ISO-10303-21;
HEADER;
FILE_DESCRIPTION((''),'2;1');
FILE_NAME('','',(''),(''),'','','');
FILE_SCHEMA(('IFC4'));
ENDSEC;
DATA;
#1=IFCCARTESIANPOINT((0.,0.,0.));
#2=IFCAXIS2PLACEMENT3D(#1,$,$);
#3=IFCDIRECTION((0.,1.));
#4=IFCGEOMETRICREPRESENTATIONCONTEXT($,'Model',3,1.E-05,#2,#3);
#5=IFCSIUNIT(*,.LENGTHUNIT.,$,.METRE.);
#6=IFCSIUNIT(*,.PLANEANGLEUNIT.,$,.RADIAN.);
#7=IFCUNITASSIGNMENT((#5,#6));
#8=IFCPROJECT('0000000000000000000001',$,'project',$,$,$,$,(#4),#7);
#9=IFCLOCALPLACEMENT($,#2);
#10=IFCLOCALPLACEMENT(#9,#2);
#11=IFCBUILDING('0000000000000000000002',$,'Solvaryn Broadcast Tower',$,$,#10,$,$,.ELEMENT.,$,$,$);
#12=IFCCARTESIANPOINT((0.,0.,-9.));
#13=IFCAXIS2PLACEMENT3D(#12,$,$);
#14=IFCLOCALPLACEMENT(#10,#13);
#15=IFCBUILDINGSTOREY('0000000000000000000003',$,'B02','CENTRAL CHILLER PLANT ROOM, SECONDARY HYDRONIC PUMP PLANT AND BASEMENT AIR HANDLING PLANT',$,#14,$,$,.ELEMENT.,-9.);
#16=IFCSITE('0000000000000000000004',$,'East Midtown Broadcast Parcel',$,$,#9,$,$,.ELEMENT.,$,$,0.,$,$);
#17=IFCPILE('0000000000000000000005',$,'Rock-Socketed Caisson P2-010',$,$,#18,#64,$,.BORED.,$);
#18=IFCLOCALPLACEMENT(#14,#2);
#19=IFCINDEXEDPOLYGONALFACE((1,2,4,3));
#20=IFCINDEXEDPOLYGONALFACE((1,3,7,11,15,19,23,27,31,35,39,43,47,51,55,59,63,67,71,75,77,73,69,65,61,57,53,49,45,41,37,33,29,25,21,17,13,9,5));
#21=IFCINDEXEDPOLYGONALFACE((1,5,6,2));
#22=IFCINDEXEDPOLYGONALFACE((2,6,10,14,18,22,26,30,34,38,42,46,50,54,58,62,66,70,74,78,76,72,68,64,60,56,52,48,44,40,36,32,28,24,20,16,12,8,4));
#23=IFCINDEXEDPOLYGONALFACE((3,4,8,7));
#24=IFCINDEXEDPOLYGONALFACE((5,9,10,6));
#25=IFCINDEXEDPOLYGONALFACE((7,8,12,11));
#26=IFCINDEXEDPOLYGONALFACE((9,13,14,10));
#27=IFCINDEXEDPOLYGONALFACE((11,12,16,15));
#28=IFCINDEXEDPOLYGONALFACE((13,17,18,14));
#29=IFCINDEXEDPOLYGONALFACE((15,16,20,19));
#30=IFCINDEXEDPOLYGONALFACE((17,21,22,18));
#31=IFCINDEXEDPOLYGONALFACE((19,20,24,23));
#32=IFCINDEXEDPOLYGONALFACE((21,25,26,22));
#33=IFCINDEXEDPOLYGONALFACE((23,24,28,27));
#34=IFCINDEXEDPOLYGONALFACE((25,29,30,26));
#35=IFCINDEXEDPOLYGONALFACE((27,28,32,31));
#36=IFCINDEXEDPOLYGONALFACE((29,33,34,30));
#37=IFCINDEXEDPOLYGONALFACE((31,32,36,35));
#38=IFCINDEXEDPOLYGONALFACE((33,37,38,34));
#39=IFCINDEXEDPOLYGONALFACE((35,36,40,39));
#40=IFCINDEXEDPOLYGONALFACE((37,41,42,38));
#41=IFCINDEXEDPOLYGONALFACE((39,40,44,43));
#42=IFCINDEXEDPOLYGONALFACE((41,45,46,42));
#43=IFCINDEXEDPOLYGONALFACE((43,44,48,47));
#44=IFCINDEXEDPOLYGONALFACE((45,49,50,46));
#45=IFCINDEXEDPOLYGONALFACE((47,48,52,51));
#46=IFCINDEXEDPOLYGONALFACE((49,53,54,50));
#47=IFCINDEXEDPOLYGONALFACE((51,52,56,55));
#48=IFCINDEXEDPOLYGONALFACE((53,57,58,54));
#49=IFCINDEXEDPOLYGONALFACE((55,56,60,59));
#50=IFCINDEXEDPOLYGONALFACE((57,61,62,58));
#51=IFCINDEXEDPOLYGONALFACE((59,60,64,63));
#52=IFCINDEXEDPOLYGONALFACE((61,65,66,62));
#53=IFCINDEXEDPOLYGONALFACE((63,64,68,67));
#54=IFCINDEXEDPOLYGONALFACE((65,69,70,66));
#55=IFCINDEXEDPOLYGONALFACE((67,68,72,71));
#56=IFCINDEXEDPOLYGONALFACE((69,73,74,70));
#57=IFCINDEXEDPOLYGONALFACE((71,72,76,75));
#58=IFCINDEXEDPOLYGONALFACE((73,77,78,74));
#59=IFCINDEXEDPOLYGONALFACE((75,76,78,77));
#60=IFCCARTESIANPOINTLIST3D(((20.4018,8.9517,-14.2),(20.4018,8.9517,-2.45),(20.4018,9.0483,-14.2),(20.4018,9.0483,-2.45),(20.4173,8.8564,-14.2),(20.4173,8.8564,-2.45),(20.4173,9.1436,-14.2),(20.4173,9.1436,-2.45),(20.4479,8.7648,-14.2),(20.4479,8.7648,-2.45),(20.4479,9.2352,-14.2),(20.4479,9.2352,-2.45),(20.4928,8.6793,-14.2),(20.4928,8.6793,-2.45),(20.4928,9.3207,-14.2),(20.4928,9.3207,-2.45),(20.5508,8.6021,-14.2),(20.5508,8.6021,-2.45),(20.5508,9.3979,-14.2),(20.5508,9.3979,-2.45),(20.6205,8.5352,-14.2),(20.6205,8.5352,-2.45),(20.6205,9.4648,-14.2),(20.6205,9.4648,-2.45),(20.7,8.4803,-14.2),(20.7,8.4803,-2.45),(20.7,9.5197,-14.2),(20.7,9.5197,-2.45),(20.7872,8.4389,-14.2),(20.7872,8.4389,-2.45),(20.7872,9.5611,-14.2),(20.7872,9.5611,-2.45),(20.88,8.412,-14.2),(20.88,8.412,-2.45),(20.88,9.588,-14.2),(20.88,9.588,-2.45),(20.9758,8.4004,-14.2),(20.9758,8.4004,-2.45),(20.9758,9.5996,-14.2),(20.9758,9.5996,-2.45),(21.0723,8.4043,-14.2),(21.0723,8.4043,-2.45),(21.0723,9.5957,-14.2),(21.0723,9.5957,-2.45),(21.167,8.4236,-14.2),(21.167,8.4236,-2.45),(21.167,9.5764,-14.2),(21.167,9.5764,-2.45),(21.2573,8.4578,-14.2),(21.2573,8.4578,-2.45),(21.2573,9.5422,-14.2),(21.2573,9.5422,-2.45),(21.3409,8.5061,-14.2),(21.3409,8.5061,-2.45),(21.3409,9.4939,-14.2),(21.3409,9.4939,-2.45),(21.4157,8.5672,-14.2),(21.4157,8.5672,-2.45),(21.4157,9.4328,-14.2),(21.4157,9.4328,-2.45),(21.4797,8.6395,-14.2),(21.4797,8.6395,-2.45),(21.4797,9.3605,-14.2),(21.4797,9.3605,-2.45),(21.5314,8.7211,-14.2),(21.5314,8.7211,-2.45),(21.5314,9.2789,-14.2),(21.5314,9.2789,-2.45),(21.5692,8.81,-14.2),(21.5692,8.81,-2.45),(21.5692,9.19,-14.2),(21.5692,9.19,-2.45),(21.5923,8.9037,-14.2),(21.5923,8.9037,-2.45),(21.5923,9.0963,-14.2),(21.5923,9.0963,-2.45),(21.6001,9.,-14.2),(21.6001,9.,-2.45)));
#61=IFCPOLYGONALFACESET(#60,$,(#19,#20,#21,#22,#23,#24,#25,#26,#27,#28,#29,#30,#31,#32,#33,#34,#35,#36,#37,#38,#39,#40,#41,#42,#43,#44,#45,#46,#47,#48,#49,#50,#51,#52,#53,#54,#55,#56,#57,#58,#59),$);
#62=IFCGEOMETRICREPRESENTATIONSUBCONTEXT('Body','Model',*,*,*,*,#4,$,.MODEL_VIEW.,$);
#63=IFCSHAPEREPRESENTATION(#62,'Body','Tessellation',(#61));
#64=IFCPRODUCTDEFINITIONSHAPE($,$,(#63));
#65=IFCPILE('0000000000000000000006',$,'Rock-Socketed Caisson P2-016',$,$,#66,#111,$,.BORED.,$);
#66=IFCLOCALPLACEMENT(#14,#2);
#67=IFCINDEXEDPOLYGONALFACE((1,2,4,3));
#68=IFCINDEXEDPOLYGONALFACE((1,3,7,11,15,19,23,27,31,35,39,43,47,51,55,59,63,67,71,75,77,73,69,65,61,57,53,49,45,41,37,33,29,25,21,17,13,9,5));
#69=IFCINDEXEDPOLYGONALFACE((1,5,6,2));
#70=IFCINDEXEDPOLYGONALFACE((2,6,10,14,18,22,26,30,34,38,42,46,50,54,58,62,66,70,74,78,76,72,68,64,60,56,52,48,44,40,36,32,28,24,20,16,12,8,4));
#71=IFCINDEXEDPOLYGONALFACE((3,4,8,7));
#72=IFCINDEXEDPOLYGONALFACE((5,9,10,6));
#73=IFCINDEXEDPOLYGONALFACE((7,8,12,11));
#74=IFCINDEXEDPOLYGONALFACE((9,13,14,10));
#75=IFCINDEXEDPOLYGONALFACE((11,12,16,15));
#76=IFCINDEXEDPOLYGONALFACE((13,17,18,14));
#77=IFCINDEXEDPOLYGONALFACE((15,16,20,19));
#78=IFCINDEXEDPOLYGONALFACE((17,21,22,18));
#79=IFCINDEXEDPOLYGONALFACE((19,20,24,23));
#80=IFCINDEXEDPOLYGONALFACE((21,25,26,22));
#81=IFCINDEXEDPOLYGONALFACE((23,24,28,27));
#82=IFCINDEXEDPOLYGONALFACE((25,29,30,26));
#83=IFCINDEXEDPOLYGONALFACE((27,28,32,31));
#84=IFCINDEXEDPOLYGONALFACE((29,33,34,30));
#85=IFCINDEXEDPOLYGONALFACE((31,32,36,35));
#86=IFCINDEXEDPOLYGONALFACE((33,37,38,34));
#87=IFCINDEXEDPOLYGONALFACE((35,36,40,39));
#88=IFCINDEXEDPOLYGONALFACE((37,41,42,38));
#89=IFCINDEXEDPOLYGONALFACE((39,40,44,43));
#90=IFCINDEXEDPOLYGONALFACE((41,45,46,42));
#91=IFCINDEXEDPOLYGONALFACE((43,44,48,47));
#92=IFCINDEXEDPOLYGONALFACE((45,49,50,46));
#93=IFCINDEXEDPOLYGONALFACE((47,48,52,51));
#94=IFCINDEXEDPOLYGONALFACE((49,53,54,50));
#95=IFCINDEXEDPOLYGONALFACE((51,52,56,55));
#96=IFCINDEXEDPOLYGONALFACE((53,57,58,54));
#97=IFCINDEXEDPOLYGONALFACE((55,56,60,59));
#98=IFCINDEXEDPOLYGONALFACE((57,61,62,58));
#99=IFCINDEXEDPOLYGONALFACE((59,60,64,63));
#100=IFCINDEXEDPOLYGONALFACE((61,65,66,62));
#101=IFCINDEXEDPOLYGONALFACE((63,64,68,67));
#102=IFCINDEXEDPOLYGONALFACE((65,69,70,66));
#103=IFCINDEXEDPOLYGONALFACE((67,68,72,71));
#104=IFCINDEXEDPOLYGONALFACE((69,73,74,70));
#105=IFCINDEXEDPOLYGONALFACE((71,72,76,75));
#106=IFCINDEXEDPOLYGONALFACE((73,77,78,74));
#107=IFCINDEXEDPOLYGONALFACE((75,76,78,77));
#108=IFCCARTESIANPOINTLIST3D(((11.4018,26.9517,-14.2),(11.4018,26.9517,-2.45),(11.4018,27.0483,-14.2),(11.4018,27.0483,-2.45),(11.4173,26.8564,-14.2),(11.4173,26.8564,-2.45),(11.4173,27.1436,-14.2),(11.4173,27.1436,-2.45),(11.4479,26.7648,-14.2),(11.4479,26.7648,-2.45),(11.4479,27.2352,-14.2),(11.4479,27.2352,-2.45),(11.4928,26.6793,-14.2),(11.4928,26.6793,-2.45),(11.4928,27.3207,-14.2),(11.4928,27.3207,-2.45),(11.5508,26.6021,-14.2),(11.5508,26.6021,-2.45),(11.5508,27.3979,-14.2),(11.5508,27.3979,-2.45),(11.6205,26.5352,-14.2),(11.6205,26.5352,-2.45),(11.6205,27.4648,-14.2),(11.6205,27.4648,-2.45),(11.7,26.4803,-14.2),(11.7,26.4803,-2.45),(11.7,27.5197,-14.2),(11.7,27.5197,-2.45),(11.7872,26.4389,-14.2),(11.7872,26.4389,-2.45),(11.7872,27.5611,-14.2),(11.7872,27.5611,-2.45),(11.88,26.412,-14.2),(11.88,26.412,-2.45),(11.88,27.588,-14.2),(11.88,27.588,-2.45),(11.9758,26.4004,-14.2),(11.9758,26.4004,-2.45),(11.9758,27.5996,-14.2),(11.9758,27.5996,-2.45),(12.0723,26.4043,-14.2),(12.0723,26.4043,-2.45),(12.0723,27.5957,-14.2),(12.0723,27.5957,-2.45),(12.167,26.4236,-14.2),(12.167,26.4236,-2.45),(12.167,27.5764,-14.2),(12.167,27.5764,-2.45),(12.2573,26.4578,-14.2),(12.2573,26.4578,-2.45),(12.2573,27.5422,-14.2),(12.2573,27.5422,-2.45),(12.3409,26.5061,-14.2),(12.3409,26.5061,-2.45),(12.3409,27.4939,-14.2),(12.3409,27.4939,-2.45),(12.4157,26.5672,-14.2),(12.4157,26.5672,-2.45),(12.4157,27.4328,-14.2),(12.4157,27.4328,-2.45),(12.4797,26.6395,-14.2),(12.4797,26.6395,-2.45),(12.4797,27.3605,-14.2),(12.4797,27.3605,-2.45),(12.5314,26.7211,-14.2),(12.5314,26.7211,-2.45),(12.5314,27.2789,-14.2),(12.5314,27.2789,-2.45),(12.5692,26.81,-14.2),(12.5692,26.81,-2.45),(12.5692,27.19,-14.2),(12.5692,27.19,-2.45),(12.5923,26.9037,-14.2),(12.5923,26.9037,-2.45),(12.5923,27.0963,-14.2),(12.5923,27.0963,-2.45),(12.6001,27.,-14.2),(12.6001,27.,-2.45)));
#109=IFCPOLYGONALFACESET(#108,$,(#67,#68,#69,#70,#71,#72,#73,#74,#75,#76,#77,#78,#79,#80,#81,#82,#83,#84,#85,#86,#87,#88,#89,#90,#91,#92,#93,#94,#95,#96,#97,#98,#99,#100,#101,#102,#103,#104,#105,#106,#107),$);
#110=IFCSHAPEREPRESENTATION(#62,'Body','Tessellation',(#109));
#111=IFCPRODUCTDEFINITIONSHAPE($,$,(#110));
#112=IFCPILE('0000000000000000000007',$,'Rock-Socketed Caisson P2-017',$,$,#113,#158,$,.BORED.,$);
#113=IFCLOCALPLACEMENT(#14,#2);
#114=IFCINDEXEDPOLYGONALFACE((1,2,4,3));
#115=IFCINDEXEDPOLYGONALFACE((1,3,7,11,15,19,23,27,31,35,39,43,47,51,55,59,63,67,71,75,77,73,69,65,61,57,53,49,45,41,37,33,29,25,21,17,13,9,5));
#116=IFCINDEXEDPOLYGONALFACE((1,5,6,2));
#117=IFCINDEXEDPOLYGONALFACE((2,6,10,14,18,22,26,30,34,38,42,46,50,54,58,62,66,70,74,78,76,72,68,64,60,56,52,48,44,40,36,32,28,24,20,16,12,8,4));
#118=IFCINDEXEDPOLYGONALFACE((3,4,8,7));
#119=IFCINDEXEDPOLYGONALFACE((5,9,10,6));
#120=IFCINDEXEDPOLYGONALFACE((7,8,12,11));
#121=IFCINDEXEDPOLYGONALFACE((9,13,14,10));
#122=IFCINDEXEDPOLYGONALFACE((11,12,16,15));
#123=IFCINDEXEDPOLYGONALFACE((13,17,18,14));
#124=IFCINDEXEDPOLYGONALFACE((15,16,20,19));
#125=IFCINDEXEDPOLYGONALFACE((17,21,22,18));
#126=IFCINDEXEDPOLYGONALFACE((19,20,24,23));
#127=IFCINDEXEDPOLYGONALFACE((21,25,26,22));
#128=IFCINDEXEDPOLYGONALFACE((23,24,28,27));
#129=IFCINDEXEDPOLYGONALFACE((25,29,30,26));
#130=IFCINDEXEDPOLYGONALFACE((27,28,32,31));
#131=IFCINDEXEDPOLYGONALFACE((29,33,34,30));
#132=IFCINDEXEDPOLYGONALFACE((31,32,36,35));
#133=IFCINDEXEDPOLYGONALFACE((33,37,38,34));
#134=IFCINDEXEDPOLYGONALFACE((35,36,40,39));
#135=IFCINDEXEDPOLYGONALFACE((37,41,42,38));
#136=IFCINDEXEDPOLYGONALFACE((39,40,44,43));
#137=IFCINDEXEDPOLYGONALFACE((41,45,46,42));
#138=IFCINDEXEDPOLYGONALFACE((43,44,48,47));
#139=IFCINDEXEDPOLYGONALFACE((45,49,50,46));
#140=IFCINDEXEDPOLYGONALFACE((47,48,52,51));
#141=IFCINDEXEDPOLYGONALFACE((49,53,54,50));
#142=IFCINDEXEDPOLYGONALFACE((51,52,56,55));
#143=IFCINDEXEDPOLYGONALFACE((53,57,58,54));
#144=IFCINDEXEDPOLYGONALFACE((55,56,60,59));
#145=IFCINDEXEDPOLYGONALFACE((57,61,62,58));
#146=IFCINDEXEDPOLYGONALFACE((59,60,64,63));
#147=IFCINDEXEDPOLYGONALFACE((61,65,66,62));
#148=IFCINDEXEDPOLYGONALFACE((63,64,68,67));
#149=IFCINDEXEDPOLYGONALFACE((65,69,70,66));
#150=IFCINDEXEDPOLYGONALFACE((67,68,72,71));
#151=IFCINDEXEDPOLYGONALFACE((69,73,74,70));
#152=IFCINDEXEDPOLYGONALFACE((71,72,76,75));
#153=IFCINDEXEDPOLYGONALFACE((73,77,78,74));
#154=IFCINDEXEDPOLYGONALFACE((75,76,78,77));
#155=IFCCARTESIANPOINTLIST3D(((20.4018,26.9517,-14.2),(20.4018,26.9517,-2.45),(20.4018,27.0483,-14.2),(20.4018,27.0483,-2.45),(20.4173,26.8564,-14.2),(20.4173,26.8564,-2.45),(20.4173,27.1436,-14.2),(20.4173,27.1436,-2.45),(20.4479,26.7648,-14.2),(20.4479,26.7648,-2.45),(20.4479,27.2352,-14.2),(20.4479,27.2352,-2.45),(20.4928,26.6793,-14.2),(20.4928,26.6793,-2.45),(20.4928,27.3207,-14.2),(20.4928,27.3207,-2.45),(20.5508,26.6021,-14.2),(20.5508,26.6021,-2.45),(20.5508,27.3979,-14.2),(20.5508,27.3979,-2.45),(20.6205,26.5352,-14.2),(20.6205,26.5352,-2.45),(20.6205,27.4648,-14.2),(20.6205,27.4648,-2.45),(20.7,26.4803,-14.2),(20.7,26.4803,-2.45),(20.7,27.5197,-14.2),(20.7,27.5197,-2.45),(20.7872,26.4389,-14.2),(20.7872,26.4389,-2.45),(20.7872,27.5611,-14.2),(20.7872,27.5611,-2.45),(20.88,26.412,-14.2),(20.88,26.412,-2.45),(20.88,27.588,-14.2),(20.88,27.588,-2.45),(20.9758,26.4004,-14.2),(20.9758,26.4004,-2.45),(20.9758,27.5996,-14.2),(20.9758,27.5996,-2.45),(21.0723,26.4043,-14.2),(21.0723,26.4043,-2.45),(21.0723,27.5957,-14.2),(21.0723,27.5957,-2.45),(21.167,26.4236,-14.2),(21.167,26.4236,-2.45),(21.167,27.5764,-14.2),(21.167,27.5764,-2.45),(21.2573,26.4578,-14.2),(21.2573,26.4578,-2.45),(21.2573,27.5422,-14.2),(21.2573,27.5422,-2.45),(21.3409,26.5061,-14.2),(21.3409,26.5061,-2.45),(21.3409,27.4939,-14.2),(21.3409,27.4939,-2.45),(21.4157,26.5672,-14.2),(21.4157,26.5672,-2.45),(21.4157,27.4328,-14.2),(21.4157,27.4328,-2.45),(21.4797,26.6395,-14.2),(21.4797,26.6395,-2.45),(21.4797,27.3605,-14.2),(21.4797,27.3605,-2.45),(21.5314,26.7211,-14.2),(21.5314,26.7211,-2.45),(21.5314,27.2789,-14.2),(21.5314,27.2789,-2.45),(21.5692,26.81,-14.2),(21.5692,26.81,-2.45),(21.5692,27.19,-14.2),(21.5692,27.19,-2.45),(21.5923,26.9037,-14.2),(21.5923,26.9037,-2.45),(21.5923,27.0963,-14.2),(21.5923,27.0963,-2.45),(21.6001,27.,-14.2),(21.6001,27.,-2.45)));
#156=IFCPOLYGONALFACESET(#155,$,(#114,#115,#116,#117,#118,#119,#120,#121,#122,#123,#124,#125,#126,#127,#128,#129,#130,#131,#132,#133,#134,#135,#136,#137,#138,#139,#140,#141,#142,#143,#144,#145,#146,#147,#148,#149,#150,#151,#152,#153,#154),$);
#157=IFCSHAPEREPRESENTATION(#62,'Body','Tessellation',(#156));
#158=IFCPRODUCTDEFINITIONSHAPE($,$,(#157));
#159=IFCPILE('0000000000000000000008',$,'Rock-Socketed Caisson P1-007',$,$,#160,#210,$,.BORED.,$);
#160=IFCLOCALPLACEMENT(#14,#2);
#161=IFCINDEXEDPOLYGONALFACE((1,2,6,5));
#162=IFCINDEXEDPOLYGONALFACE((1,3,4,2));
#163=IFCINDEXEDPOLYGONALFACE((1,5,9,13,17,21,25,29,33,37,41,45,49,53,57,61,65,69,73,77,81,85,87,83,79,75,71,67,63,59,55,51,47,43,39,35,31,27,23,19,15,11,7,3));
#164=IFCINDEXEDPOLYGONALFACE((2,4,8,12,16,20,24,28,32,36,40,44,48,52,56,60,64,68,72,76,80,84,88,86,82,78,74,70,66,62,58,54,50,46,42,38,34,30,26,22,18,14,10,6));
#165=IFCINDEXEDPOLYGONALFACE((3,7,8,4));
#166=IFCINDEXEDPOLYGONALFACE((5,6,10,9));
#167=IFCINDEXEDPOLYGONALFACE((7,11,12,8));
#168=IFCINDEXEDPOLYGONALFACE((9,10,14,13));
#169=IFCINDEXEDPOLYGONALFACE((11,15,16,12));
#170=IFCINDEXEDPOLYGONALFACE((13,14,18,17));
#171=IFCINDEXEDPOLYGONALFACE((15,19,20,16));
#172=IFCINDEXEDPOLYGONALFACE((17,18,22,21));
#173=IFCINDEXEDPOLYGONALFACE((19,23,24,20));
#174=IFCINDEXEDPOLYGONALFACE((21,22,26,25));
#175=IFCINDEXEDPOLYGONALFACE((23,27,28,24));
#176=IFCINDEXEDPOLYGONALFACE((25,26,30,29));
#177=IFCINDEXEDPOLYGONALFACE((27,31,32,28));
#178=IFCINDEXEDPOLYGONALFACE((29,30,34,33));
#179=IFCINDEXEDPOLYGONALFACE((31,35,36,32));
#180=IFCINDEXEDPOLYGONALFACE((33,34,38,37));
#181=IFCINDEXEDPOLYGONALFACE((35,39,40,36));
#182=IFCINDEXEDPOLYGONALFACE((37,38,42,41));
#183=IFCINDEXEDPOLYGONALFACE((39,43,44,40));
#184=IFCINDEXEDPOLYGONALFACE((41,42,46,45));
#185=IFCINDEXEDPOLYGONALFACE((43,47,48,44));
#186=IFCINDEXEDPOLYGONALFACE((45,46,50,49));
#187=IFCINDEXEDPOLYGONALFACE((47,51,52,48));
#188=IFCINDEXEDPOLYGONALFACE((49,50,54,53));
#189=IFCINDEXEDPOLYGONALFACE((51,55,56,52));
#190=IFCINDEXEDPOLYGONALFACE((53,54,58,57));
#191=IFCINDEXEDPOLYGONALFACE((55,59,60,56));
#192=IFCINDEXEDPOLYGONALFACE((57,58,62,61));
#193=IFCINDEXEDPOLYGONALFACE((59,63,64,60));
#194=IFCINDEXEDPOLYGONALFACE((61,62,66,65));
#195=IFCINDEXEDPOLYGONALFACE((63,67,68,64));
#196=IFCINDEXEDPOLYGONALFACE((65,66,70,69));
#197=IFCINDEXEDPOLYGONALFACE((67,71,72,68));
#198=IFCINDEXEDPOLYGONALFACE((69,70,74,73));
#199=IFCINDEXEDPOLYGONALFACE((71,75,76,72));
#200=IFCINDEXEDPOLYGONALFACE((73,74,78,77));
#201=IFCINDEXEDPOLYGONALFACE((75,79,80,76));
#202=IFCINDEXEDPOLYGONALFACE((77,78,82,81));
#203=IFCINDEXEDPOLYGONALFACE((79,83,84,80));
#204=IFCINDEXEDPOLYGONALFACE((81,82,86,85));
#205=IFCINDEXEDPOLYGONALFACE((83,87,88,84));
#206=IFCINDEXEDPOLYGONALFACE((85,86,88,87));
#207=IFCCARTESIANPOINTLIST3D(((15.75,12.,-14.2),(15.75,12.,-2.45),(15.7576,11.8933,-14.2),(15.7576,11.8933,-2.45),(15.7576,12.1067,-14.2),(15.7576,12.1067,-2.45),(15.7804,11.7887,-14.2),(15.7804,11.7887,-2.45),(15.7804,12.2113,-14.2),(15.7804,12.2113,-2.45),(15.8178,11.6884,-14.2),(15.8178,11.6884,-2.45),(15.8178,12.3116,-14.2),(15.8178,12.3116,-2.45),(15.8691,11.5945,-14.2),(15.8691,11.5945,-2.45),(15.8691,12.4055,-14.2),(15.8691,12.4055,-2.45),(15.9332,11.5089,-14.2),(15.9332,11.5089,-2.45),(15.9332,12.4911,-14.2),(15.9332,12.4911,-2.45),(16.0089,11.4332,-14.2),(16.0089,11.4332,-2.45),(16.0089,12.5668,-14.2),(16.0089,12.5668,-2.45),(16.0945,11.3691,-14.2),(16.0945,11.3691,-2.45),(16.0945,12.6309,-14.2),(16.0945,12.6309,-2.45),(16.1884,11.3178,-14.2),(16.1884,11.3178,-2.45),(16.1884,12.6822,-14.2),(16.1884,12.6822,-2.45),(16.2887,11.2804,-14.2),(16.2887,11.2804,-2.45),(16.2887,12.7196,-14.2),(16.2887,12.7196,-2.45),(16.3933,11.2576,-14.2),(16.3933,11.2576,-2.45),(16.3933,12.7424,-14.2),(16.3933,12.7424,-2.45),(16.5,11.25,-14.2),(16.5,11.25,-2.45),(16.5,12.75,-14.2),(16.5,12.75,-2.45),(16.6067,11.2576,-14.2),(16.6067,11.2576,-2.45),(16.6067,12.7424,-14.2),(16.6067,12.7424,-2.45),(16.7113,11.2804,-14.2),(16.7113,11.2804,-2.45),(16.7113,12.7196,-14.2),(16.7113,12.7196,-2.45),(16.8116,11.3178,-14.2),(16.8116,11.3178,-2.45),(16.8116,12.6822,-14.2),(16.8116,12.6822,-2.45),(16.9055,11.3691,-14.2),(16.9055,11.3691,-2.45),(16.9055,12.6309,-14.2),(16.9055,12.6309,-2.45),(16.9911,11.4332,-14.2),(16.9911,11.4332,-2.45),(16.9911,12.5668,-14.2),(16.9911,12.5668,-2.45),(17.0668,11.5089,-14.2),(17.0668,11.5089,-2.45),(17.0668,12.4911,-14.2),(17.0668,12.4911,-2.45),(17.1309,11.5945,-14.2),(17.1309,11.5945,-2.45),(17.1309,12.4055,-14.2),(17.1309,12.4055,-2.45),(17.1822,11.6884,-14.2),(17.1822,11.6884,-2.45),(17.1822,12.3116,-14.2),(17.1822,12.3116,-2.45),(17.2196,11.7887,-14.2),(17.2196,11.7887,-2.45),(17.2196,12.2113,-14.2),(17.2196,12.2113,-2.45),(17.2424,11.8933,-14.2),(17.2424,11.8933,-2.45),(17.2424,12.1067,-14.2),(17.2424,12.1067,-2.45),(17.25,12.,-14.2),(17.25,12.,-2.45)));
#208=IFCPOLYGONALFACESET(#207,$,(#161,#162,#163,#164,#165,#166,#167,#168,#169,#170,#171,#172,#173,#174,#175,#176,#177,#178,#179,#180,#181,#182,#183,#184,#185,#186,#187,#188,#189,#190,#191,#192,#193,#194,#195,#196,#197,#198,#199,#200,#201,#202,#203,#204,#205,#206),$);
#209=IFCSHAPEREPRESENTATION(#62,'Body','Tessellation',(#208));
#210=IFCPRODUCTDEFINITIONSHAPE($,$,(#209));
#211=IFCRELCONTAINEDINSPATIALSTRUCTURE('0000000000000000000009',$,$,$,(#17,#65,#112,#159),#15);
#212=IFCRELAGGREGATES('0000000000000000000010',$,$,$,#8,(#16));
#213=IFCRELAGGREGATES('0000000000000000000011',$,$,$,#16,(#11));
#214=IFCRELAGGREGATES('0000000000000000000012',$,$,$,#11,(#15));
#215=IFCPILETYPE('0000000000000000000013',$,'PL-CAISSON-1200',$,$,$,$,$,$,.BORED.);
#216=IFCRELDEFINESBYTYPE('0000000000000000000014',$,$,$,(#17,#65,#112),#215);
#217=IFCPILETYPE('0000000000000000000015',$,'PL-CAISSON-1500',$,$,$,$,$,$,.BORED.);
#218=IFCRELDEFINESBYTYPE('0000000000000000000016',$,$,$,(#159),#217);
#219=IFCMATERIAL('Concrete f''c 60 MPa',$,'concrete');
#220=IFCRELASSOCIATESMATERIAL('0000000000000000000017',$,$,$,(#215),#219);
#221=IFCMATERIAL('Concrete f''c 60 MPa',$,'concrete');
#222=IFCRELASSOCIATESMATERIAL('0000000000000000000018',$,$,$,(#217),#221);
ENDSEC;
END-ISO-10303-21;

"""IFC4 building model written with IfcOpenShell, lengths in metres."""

from ifc_helpers import new_model, si_unit, direction, frame, origin, origin_2d, place, context, subcontext, project, spatial, circle, extrude, material, material_profile, profile_set, type_object, element, save


model = new_model("IFC4")

# Units and contexts
model_context = context("Model", 3, precision=1e-05, world=origin(), true_north=direction((0.0, 1.0)))
body_context = subcontext(model_context, "Body", "Model", "MODEL_VIEW")
ifc_project = project(units=[si_unit("LENGTHUNIT", "METRE"), si_unit("PLANEANGLEUNIT", "RADIAN")], contexts=[model_context])

# Site, building, storey
site_placement = place(None, origin())
site = spatial("IfcSite", under=ifc_project, at=site_placement, Name="East Midtown Broadcast Parcel", CompositionType="ELEMENT", RefElevation=0.0)
building_placement = place(site_placement, origin())
building = spatial("IfcBuilding", under=site, at=building_placement, Name="Solvaryn Broadcast Tower", CompositionType="ELEMENT")
storey_placement = place(building_placement, frame((0.0, 0.0, -9.0)))
storey = spatial("IfcBuildingStorey", under=building, at=storey_placement, Name="B02", Description="CENTRAL CHILLER PLANT ROOM, SECONDARY HYDRONIC PUMP PLANT AND BASEMENT AIR HANDLING PLANT", CompositionType="ELEMENT", Elevation=-9.0)

# Piles
ifc_material_1 = material(Name="Concrete f'c 60 MPa", Category="concrete")
ifc_material_profile_1 = material_profile(ifc_material_1, circle(Radius=0.6001, at=origin_2d()))
ifc_profile_set_1 = profile_set([ifc_material_profile_1], Name="Concrete f'c 60 MPa")
pile_type_1 = type_object("IfcPileType", Name="PL-CAISSON-1200", PredefinedType="BORED", material=ifc_profile_set_1)
for number, where, z_axis, x_axis, name in (
    (1, (21.0, 9.0, -2.45), (0.0, 0.0, -1.0), (1.0, 0.0, 0.0), "Rock-Socketed Caisson P2-010"),
    (2, (12.0, 27.0, -2.45), (0.0, 0.0, -1.0), (1.0, 0.0, 0.0), "Rock-Socketed Caisson P2-016"),
    (3, (21.0, 27.0, -2.45), (0.0, 0.0, -1.0), (1.0, 0.0, 0.0), "Rock-Socketed Caisson P2-017"),
):
    element("IfcPile", number, at=place(storey_placement, frame(where, z_axis=z_axis, x_axis=x_axis)), inside=storey, type_object=pile_type_1, Name=name, PredefinedType="BORED", context=body_context, shape_type="SweptSolid", body=[
        extrude(circle(Radius=0.6001, at=origin_2d()), origin(), (0.0, 0.0, 1.0), 11.75),
    ])
ifc_material_2 = material(Name="Concrete f'c 60 MPa", Category="concrete")
ifc_material_profile_2 = material_profile(ifc_material_2, circle(Radius=0.75, at=origin_2d()))
ifc_profile_set_2 = profile_set([ifc_material_profile_2], Name="Concrete f'c 60 MPa")
pile_type_2 = type_object("IfcPileType", Name="PL-CAISSON-1500", PredefinedType="BORED", material=ifc_profile_set_2)
for number, where, z_axis, x_axis, name in (
    (4, (16.5, 12.0, -2.45), (0.0, 0.0, -1.0), (1.0, 0.0, 0.0), "Rock-Socketed Caisson P1-007"),
):
    element("IfcPile", number, at=place(storey_placement, frame(where, z_axis=z_axis, x_axis=x_axis)), inside=storey, type_object=pile_type_2, Name=name, PredefinedType="BORED", context=body_context, shape_type="SweptSolid", body=[
        extrude(circle(Radius=0.75, at=origin_2d()), origin(), (0.0, 0.0, 1.0), 11.75),
    ])

save(model, "model.ifc")
